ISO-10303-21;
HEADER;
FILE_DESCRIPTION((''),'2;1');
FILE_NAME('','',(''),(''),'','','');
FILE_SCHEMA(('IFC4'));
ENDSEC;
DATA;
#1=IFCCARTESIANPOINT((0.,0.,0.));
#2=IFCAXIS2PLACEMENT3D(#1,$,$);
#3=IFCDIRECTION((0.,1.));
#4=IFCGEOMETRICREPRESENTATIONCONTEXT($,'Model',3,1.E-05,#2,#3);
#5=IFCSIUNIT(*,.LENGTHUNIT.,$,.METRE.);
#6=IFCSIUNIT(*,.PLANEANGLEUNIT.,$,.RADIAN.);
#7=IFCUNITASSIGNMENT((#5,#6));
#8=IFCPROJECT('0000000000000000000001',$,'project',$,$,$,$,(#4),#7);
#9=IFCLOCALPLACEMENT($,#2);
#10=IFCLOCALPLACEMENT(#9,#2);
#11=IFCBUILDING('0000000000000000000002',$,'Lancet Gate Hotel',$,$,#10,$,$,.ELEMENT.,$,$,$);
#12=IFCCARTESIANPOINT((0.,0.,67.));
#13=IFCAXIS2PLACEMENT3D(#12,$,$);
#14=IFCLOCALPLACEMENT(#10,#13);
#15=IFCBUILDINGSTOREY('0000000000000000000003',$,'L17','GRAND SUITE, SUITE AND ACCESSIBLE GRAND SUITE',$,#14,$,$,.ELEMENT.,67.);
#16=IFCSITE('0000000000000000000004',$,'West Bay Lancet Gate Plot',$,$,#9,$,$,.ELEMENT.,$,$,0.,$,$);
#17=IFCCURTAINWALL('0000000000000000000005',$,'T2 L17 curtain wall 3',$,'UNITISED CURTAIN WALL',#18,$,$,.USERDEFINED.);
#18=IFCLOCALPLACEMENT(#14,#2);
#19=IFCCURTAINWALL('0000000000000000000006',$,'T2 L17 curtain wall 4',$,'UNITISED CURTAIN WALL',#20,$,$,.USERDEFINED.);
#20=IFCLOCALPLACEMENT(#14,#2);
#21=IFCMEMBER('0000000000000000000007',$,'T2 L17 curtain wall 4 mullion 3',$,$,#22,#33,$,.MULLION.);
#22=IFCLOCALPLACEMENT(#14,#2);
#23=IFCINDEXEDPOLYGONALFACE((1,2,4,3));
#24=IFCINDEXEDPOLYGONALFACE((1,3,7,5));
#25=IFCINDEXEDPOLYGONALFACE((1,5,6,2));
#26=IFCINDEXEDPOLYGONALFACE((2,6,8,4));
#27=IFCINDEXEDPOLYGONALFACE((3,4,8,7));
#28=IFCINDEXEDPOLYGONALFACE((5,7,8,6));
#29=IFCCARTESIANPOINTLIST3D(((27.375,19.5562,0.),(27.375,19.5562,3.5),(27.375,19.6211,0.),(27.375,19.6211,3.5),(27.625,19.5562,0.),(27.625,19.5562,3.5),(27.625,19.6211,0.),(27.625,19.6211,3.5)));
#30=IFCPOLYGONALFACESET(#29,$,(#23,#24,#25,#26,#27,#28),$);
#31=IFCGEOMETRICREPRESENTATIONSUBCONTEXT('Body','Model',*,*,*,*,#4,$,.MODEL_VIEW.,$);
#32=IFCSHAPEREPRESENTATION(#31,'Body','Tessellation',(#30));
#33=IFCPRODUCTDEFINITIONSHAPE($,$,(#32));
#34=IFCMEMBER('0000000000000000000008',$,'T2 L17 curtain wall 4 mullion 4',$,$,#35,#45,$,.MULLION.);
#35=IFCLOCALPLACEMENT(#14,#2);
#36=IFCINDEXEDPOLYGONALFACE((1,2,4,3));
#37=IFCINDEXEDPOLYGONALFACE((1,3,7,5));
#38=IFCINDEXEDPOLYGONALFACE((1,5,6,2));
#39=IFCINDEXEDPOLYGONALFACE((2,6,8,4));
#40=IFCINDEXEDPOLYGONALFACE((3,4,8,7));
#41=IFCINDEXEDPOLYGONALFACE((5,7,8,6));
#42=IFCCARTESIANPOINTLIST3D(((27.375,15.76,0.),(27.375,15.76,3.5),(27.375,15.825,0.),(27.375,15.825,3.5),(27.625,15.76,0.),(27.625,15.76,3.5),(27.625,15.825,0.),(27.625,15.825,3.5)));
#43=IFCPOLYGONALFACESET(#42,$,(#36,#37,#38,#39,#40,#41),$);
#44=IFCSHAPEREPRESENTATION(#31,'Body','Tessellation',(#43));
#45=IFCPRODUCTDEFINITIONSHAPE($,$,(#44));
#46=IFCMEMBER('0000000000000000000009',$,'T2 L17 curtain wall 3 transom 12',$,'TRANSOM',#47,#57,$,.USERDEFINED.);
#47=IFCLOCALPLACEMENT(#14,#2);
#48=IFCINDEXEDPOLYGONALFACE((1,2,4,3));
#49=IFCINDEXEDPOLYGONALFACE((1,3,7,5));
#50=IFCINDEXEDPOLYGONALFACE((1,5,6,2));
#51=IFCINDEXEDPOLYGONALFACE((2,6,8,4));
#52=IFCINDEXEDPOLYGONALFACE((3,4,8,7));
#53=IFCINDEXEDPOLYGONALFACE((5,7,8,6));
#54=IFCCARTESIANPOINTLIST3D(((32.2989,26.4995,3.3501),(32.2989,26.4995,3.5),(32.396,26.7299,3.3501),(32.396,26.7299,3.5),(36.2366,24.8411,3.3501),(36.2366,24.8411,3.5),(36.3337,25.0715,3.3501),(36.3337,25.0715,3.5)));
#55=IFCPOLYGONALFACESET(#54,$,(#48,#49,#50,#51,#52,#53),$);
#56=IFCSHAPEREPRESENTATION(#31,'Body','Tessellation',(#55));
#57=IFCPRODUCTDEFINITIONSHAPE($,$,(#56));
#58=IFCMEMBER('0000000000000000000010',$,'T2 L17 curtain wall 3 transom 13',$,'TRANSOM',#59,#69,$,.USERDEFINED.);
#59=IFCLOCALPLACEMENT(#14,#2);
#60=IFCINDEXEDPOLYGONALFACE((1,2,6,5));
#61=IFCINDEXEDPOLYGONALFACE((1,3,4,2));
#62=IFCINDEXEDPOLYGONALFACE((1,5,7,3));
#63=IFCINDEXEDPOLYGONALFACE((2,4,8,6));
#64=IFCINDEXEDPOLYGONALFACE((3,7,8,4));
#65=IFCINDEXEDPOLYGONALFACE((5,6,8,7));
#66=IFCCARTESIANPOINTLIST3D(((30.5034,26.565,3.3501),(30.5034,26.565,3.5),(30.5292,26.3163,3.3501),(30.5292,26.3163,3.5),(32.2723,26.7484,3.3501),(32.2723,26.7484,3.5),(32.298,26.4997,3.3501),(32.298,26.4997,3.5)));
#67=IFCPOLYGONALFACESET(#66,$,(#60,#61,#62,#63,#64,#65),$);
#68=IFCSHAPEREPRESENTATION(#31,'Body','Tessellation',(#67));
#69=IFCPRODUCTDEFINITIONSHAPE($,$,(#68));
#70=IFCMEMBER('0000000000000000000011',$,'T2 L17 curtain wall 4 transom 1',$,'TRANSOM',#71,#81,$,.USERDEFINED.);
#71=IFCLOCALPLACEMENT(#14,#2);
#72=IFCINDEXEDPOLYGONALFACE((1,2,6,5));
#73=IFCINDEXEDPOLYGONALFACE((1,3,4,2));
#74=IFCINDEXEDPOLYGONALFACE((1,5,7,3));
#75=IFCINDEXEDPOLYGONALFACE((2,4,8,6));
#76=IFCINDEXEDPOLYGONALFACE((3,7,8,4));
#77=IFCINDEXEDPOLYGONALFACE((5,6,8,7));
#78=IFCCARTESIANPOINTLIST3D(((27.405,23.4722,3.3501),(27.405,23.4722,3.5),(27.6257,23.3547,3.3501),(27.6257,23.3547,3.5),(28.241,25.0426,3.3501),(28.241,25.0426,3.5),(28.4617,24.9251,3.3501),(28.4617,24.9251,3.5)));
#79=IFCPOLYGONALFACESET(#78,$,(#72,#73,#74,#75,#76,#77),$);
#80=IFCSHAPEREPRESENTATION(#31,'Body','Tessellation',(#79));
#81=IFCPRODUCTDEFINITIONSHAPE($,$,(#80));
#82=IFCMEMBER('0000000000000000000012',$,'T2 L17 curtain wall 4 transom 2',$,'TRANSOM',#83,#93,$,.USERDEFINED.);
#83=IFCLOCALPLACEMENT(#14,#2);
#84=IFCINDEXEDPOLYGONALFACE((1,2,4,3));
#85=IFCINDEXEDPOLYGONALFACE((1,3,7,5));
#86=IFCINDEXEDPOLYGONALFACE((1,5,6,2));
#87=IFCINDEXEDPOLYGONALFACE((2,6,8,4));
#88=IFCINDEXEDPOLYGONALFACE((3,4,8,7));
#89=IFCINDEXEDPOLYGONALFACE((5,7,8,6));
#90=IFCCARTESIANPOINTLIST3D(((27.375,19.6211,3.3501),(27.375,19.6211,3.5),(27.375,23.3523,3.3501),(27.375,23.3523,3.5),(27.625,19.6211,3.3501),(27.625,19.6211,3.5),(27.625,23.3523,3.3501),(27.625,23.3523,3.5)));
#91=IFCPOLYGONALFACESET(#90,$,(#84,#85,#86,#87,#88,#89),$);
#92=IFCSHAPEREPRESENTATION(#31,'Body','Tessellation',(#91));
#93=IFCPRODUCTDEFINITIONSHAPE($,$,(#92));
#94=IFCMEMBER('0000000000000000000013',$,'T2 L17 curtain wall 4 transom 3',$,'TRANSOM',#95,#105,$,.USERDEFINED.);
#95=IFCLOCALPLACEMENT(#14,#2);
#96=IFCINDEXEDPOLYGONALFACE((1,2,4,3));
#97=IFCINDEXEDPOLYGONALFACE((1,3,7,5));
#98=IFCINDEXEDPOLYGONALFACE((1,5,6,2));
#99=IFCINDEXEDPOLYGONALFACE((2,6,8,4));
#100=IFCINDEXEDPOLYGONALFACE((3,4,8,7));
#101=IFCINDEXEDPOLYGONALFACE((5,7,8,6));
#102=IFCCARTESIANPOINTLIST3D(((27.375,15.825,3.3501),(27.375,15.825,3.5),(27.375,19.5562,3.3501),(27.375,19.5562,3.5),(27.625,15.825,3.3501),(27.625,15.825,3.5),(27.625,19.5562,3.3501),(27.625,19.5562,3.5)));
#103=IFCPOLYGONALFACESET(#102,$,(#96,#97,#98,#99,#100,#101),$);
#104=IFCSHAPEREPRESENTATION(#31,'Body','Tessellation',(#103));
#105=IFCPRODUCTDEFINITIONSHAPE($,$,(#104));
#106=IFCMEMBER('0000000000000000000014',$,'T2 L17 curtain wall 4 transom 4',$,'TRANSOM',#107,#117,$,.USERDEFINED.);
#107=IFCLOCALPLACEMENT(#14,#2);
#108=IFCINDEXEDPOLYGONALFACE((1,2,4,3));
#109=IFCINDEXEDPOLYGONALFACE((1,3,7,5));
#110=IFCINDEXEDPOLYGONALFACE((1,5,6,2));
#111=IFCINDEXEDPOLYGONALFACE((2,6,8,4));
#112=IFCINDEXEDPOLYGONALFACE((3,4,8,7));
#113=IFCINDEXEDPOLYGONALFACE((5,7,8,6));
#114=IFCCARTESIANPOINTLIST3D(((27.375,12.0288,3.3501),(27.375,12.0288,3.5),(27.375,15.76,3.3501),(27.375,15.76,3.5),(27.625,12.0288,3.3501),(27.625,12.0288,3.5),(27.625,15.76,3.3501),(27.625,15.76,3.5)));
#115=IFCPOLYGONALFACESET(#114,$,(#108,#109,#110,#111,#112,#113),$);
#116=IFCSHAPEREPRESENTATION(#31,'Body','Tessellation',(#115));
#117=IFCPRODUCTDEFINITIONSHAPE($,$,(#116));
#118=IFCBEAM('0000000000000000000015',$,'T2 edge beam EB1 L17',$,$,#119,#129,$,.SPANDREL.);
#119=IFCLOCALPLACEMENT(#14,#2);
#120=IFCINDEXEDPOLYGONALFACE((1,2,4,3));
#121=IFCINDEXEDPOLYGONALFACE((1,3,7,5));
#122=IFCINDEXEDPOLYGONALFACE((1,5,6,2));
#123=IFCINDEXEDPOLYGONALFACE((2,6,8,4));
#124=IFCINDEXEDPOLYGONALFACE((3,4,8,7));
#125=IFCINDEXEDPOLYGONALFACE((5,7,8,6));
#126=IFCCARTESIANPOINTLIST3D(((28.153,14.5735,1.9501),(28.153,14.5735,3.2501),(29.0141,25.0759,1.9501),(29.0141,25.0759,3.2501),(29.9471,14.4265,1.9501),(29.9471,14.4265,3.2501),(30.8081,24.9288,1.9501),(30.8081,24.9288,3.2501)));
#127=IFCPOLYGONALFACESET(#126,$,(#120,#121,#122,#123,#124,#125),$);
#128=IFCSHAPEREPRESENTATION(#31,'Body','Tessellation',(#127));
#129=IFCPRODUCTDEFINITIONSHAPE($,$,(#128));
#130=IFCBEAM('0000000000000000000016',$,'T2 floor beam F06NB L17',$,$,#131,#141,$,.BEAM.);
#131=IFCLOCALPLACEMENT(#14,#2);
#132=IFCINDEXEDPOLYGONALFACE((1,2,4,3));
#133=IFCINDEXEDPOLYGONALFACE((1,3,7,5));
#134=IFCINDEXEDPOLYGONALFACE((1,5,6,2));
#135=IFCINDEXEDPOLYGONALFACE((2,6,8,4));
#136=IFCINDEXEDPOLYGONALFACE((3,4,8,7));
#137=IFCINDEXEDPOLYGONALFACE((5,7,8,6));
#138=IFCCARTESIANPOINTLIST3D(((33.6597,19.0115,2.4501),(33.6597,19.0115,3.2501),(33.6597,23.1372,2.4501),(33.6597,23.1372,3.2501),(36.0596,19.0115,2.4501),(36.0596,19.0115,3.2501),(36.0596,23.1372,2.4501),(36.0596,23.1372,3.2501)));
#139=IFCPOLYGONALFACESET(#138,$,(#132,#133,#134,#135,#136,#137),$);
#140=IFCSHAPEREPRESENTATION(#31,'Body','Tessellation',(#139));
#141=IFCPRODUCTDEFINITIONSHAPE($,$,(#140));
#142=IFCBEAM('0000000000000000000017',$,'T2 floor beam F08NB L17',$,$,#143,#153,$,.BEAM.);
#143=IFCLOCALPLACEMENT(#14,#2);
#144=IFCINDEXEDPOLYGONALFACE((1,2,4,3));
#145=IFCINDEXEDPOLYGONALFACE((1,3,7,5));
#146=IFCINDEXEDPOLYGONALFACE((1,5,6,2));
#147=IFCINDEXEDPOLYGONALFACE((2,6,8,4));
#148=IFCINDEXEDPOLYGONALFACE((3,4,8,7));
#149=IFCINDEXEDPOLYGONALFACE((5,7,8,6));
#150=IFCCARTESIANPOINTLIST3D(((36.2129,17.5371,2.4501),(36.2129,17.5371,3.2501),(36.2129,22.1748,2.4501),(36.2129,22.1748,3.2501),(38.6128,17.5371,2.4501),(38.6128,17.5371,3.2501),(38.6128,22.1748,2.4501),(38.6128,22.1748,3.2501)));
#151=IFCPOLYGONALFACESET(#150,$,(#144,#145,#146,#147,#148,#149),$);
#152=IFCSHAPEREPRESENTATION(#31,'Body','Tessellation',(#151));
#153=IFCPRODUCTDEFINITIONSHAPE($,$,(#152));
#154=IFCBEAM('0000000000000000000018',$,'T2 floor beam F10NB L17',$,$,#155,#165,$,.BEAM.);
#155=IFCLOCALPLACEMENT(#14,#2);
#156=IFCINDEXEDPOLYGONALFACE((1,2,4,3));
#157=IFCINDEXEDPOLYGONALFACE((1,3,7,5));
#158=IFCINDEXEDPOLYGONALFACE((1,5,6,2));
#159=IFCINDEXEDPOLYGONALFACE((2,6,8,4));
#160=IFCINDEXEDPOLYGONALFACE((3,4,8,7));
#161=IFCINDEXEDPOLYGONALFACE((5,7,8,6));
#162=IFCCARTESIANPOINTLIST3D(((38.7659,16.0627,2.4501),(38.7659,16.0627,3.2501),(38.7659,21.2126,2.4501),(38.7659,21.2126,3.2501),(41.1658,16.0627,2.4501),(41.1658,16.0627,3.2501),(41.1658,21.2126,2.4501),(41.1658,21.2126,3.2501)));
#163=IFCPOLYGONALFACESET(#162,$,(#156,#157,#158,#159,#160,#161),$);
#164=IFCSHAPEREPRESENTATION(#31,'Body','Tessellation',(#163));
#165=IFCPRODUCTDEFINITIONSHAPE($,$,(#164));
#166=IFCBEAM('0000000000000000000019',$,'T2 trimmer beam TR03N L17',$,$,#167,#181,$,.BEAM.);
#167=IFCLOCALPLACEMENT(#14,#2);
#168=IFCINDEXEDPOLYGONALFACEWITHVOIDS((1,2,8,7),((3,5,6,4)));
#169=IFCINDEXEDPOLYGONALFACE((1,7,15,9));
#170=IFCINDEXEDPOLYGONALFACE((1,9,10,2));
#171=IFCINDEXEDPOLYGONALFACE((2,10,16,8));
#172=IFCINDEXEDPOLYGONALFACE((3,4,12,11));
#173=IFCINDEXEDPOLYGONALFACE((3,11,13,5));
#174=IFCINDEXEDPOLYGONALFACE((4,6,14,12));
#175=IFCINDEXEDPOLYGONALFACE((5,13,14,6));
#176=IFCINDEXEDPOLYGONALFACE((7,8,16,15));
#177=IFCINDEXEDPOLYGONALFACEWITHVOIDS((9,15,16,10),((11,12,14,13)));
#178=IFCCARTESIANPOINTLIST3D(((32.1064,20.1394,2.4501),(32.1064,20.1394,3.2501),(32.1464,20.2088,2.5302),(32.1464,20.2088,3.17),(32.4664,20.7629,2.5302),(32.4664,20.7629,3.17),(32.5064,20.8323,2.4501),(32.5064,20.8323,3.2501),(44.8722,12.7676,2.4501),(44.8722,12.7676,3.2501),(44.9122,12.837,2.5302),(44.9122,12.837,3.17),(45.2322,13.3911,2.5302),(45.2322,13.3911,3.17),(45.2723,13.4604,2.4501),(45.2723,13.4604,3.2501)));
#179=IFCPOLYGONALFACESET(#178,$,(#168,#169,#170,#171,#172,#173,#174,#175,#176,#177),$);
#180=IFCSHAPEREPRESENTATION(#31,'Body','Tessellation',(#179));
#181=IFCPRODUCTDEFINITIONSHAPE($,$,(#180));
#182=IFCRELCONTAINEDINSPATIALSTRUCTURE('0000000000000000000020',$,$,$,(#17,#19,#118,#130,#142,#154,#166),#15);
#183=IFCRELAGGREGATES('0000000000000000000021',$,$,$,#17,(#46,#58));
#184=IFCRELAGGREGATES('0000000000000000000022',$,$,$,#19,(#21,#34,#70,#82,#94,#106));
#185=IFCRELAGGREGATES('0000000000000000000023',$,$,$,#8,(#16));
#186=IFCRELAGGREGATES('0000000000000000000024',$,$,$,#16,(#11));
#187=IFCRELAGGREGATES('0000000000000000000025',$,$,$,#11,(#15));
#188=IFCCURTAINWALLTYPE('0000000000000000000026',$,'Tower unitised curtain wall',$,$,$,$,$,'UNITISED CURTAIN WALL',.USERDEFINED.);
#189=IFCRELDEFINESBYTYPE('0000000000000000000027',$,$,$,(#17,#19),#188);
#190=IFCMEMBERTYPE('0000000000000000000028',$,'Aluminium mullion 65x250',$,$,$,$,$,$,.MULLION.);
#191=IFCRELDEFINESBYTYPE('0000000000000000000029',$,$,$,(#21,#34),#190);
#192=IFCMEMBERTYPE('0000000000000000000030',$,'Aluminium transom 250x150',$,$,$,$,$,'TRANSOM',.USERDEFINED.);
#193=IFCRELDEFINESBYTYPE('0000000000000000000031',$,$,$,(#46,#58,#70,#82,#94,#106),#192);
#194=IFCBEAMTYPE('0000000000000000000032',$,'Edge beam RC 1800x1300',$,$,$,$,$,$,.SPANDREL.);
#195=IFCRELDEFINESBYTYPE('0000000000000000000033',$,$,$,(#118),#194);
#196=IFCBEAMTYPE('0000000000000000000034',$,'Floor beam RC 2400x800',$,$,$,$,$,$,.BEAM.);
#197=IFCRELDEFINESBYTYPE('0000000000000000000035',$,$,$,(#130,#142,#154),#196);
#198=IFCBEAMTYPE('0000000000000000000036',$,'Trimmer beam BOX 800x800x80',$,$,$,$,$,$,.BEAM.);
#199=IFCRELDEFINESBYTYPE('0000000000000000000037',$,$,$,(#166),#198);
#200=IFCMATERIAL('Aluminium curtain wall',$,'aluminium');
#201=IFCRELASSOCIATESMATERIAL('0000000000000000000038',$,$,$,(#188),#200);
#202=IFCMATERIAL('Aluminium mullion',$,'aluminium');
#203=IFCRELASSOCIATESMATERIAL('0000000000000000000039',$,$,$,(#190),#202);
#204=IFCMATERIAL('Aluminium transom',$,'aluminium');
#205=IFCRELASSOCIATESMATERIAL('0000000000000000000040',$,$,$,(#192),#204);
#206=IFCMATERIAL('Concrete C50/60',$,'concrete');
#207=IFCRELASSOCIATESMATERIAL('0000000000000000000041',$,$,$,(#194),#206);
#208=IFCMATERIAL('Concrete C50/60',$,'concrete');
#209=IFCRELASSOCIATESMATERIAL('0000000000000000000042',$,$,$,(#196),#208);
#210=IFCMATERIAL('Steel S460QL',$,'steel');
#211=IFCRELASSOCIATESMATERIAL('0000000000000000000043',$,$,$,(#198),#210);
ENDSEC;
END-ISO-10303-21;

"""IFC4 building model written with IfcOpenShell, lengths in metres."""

from ifc_helpers import new_model, si_unit, direction, frame, origin, origin_2d, place, context, subcontext, project, spatial, rectangle, hollow_rectangle, extrude, material, material_profile, profile_set, type_object, element, aggregate, save


model = new_model("IFC4")

# Units and contexts
model_context = context("Model", 3, precision=1e-05, world=origin(), true_north=direction((0.0, 1.0)))
body_context = subcontext(model_context, "Body", "Model", "MODEL_VIEW")
ifc_project = project(units=[si_unit("LENGTHUNIT", "METRE"), si_unit("PLANEANGLEUNIT", "RADIAN")], contexts=[model_context])

# Site, building, storey
site_placement = place(None, origin())
site = spatial("IfcSite", under=ifc_project, at=site_placement, Name="West Bay Lancet Gate Plot", CompositionType="ELEMENT", RefElevation=0.0)
building_placement = place(site_placement, origin())
building = spatial("IfcBuilding", under=site, at=building_placement, Name="Lancet Gate Hotel", CompositionType="ELEMENT")
storey_placement = place(building_placement, frame((0.0, 0.0, 67.0)))
storey = spatial("IfcBuildingStorey", under=building, at=storey_placement, Name="L17", Description="GRAND SUITE, SUITE AND ACCESSIBLE GRAND SUITE", CompositionType="ELEMENT", Elevation=67.0)

# Curtain walls, members
ifc_material_1 = material(Name="Aluminium curtain wall", Category="aluminium")
curtain_wall_type = type_object("IfcCurtainWallType", Name="Tower unitised curtain wall", ElementType="UNITISED CURTAIN WALL", PredefinedType="USERDEFINED", material=ifc_material_1)
curtain_wall_1_placement = place(storey_placement, origin())
curtain_wall_1 = element("IfcCurtainWall", 1, at=curtain_wall_1_placement, inside=storey, type_object=curtain_wall_type, Name="T2 L17 curtain wall 3", ObjectType="UNITISED CURTAIN WALL", PredefinedType="USERDEFINED")
ifc_material_2 = material(Name="Aluminium mullion", Category="aluminium")
ifc_material_profile_1 = material_profile(ifc_material_2, rectangle(XDim=0.0649, YDim=0.25, at=origin_2d()), Name="MULLION 65x250")
ifc_profile_set_1 = profile_set([ifc_material_profile_1], Name="Aluminium mullion")
member_type_1 = type_object("IfcMemberType", Name="Aluminium mullion 65x250", PredefinedType="MULLION", material=ifc_profile_set_1)
curtain_wall_2_placement = place(storey_placement, origin())
curtain_wall_2 = element("IfcCurtainWall", 2, at=curtain_wall_2_placement, inside=storey, type_object=curtain_wall_type, Name="T2 L17 curtain wall 4", ObjectType="UNITISED CURTAIN WALL", PredefinedType="USERDEFINED")
member_1_placement = place(storey_placement, frame((27.5, 19.5886, 0.0), z_axis=(0.0, 0.0, 1.0), x_axis=(0.0, -1.0, 0.0)))
member_1 = element("IfcMember", 3, at=member_1_placement, type_object=member_type_1, Name="T2 L17 curtain wall 4 mullion 3", PredefinedType="MULLION", context=body_context, shape_type="SweptSolid", body=[
    extrude(rectangle(XDim=0.0649, YDim=0.25, at=origin_2d()), origin(), (0.0, 0.0, 1.0), 3.5),
])
member_2_placement = place(storey_placement, frame((27.5, 15.7925, 0.0), z_axis=(0.0, 0.0, 1.0), x_axis=(0.0, -1.0, 0.0)))
member_2 = element("IfcMember", 4, at=member_2_placement, type_object=member_type_1, Name="T2 L17 curtain wall 4 mullion 4", PredefinedType="MULLION", context=body_context, shape_type="SweptSolid", body=[
    extrude(rectangle(XDim=0.0649, YDim=0.25, at=origin_2d()), origin(), (0.0, 0.0, 1.0), 3.5),
])

# Members
ifc_material_3 = material(Name="Aluminium transom", Category="aluminium")
ifc_material_profile_2 = material_profile(ifc_material_3, rectangle(XDim=0.25, YDim=0.1499, at=origin_2d()), Name="TRANSOM 250x150")
ifc_profile_set_2 = profile_set([ifc_material_profile_2], Name="Aluminium transom")
member_type_2 = type_object("IfcMemberType", Name="Aluminium transom 250x150", ElementType="TRANSOM", PredefinedType="USERDEFINED", material=ifc_profile_set_2)
member_3_placement = place(storey_placement, frame((36.2852, 24.9563, 3.425), z_axis=(-0.921598, 0.388146, 0.0), x_axis=(-0.388146, -0.921598, 0.0)))
member_3 = element("IfcMember", 5, at=member_3_placement, type_object=member_type_2, Name="T2 L17 curtain wall 3 transom 12", ObjectType="TRANSOM", PredefinedType="USERDEFINED", context=body_context, shape_type="SweptSolid", body=[
    extrude(rectangle(XDim=0.25, YDim=0.1499, at=origin_2d()), origin(), (0.0, 0.0, 1.0), 4.2727),
])
member_4_placement = place(storey_placement, frame((32.2852, 26.624, 3.425), z_axis=(-0.99467, -0.103105, 0.0), x_axis=(0.103105, -0.99467, 0.0)))
member_4 = element("IfcMember", 6, at=member_4_placement, type_object=member_type_2, Name="T2 L17 curtain wall 3 transom 13", ObjectType="TRANSOM", PredefinedType="USERDEFINED", context=body_context, shape_type="SweptSolid", body=[
    extrude(rectangle(XDim=0.25, YDim=0.1499, at=origin_2d()), origin(), (0.0, 0.0, 1.0), 1.7783),
])
member_5_placement = place(storey_placement, frame((28.3513, 24.9839, 3.425), z_axis=(-0.469904, -0.882717, 0.0), x_axis=(0.882717, -0.469904, 0.0)))
member_5 = element("IfcMember", 7, at=member_5_placement, type_object=member_type_2, Name="T2 L17 curtain wall 4 transom 1", ObjectType="TRANSOM", PredefinedType="USERDEFINED", context=body_context, shape_type="SweptSolid", body=[
    extrude(rectangle(XDim=0.25, YDim=0.1499, at=origin_2d()), origin(), (0.0, 0.0, 1.0), 1.7791),
])
member_6_placement = place(storey_placement, frame((27.5, 23.3523, 3.425), z_axis=(0.0, -1.0, 0.0), x_axis=(1.0, 0.0, 0.0)))
member_6 = element("IfcMember", 8, at=member_6_placement, type_object=member_type_2, Name="T2 L17 curtain wall 4 transom 2", ObjectType="TRANSOM", PredefinedType="USERDEFINED", context=body_context, shape_type="SweptSolid", body=[
    extrude(rectangle(XDim=0.25, YDim=0.1499, at=origin_2d()), origin(), (0.0, 0.0, 1.0), 3.7312),
])
member_7_placement = place(storey_placement, frame((27.5, 19.5562, 3.425), z_axis=(0.0, -1.0, 0.0), x_axis=(1.0, 0.0, 0.0)))
member_7 = element("IfcMember", 9, at=member_7_placement, type_object=member_type_2, Name="T2 L17 curtain wall 4 transom 3", ObjectType="TRANSOM", PredefinedType="USERDEFINED", context=body_context, shape_type="SweptSolid", body=[
    extrude(rectangle(XDim=0.25, YDim=0.1499, at=origin_2d()), origin(), (0.0, 0.0, 1.0), 3.7312),
])
member_8_placement = place(storey_placement, frame((27.5, 15.76, 3.425), z_axis=(0.0, -1.0, 0.0), x_axis=(1.0, 0.0, 0.0)))
member_8 = element("IfcMember", 10, at=member_8_placement, type_object=member_type_2, Name="T2 L17 curtain wall 4 transom 4", ObjectType="TRANSOM", PredefinedType="USERDEFINED", context=body_context, shape_type="SweptSolid", body=[
    extrude(rectangle(XDim=0.25, YDim=0.1499, at=origin_2d()), origin(), (0.0, 0.0, 1.0), 3.7312),
])

# Beams
ifc_material_4 = material(Name="Concrete C50/60", Category="concrete")
ifc_material_profile_3 = material_profile(ifc_material_4, rectangle(XDim=1.8, YDim=1.3, at=origin_2d()), Name="RC 1800x1300")
ifc_profile_set_3 = profile_set([ifc_material_profile_3], Name="Concrete C50/60")
beam_type_1 = type_object("IfcBeamType", Name="Edge beam RC 1800x1300", PredefinedType="SPANDREL", material=ifc_profile_set_3)
beam_1_placement = place(storey_placement, frame((29.05, 14.5, 2.6001), z_axis=(0.081715, 0.996656, 0.0), x_axis=(-0.996656, 0.081715, 0.0)))
element("IfcBeam", 11, at=beam_1_placement, inside=storey, type_object=beam_type_1, Name="T2 edge beam EB1 L17", PredefinedType="SPANDREL", context=body_context, shape_type="SweptSolid", body=[
    extrude(rectangle(XDim=1.8, YDim=1.3, at=origin_2d()), origin(), (0.0, 0.0, 1.0), 10.5376),
])
ifc_material_5 = material(Name="Concrete C50/60", Category="concrete")
ifc_material_profile_4 = material_profile(ifc_material_5, rectangle(XDim=2.3999, YDim=0.8, at=origin_2d()), Name="RC 2400x800")
ifc_profile_set_4 = profile_set([ifc_material_profile_4], Name="Concrete C50/60")
beam_type_2 = type_object("IfcBeamType", Name="Floor beam RC 2400x800", PredefinedType="BEAM", material=ifc_profile_set_4)
beam_2_placement = place(storey_placement, frame((34.8596, 19.0115, 2.8501), z_axis=(0.0, 1.0, 0.0), x_axis=(-1.0, 0.0, 0.0)))
element("IfcBeam", 12, at=beam_2_placement, inside=storey, type_object=beam_type_2, Name="T2 floor beam F06NB L17", PredefinedType="BEAM", context=body_context, shape_type="SweptSolid", body=[
    extrude(rectangle(XDim=2.3999, YDim=0.8, at=origin_2d()), origin(), (0.0, 0.0, 1.0), 4.1257),
])
beam_3_placement = place(storey_placement, frame((37.4128, 17.5371, 2.8501), z_axis=(0.0, 1.0, 0.0), x_axis=(-1.0, 0.0, 0.0)))
element("IfcBeam", 13, at=beam_3_placement, inside=storey, type_object=beam_type_2, Name="T2 floor beam F08NB L17", PredefinedType="BEAM", context=body_context, shape_type="SweptSolid", body=[
    extrude(rectangle(XDim=2.3999, YDim=0.8, at=origin_2d()), origin(), (0.0, 0.0, 1.0), 4.6377),
])
beam_4_placement = place(storey_placement, frame((39.9658, 16.0627, 2.8501), z_axis=(0.0, 1.0, 0.0), x_axis=(-1.0, 0.0, 0.0)))
element("IfcBeam", 14, at=beam_4_placement, inside=storey, type_object=beam_type_2, Name="T2 floor beam F10NB L17", PredefinedType="BEAM", context=body_context, shape_type="SweptSolid", body=[
    extrude(rectangle(XDim=2.3999, YDim=0.8, at=origin_2d()), origin(), (0.0, 0.0, 1.0), 5.1499),
])
ifc_material_6 = material(Name="Steel S460QL", Category="steel")
ifc_material_profile_5 = material_profile(ifc_material_6, hollow_rectangle(XDim=0.8, YDim=0.8, WallThickness=0.0801, at=origin_2d()), Name="BOX 800x800x80")
ifc_profile_set_5 = profile_set([ifc_material_profile_5], Name="Steel S460QL")
beam_type_3 = type_object("IfcBeamType", Name="Trimmer beam BOX 800x800x80", PredefinedType="BEAM", material=ifc_profile_set_5)
beam_5_placement = place(storey_placement, frame((32.3064, 20.4858, 2.8501), z_axis=(0.865983, -0.500074, 0.0), x_axis=(0.500074, 0.865983, 0.0)))
element("IfcBeam", 15, at=beam_5_placement, inside=storey, type_object=beam_type_3, Name="T2 trimmer beam TR03N L17", PredefinedType="BEAM", context=body_context, shape_type="SweptSolid", body=[
    extrude(hollow_rectangle(XDim=0.8, YDim=0.8, WallThickness=0.0801, at=origin_2d()), origin(), (0.0, 0.0, 1.0), 14.7415),
])

aggregate(curtain_wall_1, [member_3, member_4])
aggregate(curtain_wall_2, [member_1, member_2, member_5, member_6, member_7, member_8])

save(model, "model.ifc")
